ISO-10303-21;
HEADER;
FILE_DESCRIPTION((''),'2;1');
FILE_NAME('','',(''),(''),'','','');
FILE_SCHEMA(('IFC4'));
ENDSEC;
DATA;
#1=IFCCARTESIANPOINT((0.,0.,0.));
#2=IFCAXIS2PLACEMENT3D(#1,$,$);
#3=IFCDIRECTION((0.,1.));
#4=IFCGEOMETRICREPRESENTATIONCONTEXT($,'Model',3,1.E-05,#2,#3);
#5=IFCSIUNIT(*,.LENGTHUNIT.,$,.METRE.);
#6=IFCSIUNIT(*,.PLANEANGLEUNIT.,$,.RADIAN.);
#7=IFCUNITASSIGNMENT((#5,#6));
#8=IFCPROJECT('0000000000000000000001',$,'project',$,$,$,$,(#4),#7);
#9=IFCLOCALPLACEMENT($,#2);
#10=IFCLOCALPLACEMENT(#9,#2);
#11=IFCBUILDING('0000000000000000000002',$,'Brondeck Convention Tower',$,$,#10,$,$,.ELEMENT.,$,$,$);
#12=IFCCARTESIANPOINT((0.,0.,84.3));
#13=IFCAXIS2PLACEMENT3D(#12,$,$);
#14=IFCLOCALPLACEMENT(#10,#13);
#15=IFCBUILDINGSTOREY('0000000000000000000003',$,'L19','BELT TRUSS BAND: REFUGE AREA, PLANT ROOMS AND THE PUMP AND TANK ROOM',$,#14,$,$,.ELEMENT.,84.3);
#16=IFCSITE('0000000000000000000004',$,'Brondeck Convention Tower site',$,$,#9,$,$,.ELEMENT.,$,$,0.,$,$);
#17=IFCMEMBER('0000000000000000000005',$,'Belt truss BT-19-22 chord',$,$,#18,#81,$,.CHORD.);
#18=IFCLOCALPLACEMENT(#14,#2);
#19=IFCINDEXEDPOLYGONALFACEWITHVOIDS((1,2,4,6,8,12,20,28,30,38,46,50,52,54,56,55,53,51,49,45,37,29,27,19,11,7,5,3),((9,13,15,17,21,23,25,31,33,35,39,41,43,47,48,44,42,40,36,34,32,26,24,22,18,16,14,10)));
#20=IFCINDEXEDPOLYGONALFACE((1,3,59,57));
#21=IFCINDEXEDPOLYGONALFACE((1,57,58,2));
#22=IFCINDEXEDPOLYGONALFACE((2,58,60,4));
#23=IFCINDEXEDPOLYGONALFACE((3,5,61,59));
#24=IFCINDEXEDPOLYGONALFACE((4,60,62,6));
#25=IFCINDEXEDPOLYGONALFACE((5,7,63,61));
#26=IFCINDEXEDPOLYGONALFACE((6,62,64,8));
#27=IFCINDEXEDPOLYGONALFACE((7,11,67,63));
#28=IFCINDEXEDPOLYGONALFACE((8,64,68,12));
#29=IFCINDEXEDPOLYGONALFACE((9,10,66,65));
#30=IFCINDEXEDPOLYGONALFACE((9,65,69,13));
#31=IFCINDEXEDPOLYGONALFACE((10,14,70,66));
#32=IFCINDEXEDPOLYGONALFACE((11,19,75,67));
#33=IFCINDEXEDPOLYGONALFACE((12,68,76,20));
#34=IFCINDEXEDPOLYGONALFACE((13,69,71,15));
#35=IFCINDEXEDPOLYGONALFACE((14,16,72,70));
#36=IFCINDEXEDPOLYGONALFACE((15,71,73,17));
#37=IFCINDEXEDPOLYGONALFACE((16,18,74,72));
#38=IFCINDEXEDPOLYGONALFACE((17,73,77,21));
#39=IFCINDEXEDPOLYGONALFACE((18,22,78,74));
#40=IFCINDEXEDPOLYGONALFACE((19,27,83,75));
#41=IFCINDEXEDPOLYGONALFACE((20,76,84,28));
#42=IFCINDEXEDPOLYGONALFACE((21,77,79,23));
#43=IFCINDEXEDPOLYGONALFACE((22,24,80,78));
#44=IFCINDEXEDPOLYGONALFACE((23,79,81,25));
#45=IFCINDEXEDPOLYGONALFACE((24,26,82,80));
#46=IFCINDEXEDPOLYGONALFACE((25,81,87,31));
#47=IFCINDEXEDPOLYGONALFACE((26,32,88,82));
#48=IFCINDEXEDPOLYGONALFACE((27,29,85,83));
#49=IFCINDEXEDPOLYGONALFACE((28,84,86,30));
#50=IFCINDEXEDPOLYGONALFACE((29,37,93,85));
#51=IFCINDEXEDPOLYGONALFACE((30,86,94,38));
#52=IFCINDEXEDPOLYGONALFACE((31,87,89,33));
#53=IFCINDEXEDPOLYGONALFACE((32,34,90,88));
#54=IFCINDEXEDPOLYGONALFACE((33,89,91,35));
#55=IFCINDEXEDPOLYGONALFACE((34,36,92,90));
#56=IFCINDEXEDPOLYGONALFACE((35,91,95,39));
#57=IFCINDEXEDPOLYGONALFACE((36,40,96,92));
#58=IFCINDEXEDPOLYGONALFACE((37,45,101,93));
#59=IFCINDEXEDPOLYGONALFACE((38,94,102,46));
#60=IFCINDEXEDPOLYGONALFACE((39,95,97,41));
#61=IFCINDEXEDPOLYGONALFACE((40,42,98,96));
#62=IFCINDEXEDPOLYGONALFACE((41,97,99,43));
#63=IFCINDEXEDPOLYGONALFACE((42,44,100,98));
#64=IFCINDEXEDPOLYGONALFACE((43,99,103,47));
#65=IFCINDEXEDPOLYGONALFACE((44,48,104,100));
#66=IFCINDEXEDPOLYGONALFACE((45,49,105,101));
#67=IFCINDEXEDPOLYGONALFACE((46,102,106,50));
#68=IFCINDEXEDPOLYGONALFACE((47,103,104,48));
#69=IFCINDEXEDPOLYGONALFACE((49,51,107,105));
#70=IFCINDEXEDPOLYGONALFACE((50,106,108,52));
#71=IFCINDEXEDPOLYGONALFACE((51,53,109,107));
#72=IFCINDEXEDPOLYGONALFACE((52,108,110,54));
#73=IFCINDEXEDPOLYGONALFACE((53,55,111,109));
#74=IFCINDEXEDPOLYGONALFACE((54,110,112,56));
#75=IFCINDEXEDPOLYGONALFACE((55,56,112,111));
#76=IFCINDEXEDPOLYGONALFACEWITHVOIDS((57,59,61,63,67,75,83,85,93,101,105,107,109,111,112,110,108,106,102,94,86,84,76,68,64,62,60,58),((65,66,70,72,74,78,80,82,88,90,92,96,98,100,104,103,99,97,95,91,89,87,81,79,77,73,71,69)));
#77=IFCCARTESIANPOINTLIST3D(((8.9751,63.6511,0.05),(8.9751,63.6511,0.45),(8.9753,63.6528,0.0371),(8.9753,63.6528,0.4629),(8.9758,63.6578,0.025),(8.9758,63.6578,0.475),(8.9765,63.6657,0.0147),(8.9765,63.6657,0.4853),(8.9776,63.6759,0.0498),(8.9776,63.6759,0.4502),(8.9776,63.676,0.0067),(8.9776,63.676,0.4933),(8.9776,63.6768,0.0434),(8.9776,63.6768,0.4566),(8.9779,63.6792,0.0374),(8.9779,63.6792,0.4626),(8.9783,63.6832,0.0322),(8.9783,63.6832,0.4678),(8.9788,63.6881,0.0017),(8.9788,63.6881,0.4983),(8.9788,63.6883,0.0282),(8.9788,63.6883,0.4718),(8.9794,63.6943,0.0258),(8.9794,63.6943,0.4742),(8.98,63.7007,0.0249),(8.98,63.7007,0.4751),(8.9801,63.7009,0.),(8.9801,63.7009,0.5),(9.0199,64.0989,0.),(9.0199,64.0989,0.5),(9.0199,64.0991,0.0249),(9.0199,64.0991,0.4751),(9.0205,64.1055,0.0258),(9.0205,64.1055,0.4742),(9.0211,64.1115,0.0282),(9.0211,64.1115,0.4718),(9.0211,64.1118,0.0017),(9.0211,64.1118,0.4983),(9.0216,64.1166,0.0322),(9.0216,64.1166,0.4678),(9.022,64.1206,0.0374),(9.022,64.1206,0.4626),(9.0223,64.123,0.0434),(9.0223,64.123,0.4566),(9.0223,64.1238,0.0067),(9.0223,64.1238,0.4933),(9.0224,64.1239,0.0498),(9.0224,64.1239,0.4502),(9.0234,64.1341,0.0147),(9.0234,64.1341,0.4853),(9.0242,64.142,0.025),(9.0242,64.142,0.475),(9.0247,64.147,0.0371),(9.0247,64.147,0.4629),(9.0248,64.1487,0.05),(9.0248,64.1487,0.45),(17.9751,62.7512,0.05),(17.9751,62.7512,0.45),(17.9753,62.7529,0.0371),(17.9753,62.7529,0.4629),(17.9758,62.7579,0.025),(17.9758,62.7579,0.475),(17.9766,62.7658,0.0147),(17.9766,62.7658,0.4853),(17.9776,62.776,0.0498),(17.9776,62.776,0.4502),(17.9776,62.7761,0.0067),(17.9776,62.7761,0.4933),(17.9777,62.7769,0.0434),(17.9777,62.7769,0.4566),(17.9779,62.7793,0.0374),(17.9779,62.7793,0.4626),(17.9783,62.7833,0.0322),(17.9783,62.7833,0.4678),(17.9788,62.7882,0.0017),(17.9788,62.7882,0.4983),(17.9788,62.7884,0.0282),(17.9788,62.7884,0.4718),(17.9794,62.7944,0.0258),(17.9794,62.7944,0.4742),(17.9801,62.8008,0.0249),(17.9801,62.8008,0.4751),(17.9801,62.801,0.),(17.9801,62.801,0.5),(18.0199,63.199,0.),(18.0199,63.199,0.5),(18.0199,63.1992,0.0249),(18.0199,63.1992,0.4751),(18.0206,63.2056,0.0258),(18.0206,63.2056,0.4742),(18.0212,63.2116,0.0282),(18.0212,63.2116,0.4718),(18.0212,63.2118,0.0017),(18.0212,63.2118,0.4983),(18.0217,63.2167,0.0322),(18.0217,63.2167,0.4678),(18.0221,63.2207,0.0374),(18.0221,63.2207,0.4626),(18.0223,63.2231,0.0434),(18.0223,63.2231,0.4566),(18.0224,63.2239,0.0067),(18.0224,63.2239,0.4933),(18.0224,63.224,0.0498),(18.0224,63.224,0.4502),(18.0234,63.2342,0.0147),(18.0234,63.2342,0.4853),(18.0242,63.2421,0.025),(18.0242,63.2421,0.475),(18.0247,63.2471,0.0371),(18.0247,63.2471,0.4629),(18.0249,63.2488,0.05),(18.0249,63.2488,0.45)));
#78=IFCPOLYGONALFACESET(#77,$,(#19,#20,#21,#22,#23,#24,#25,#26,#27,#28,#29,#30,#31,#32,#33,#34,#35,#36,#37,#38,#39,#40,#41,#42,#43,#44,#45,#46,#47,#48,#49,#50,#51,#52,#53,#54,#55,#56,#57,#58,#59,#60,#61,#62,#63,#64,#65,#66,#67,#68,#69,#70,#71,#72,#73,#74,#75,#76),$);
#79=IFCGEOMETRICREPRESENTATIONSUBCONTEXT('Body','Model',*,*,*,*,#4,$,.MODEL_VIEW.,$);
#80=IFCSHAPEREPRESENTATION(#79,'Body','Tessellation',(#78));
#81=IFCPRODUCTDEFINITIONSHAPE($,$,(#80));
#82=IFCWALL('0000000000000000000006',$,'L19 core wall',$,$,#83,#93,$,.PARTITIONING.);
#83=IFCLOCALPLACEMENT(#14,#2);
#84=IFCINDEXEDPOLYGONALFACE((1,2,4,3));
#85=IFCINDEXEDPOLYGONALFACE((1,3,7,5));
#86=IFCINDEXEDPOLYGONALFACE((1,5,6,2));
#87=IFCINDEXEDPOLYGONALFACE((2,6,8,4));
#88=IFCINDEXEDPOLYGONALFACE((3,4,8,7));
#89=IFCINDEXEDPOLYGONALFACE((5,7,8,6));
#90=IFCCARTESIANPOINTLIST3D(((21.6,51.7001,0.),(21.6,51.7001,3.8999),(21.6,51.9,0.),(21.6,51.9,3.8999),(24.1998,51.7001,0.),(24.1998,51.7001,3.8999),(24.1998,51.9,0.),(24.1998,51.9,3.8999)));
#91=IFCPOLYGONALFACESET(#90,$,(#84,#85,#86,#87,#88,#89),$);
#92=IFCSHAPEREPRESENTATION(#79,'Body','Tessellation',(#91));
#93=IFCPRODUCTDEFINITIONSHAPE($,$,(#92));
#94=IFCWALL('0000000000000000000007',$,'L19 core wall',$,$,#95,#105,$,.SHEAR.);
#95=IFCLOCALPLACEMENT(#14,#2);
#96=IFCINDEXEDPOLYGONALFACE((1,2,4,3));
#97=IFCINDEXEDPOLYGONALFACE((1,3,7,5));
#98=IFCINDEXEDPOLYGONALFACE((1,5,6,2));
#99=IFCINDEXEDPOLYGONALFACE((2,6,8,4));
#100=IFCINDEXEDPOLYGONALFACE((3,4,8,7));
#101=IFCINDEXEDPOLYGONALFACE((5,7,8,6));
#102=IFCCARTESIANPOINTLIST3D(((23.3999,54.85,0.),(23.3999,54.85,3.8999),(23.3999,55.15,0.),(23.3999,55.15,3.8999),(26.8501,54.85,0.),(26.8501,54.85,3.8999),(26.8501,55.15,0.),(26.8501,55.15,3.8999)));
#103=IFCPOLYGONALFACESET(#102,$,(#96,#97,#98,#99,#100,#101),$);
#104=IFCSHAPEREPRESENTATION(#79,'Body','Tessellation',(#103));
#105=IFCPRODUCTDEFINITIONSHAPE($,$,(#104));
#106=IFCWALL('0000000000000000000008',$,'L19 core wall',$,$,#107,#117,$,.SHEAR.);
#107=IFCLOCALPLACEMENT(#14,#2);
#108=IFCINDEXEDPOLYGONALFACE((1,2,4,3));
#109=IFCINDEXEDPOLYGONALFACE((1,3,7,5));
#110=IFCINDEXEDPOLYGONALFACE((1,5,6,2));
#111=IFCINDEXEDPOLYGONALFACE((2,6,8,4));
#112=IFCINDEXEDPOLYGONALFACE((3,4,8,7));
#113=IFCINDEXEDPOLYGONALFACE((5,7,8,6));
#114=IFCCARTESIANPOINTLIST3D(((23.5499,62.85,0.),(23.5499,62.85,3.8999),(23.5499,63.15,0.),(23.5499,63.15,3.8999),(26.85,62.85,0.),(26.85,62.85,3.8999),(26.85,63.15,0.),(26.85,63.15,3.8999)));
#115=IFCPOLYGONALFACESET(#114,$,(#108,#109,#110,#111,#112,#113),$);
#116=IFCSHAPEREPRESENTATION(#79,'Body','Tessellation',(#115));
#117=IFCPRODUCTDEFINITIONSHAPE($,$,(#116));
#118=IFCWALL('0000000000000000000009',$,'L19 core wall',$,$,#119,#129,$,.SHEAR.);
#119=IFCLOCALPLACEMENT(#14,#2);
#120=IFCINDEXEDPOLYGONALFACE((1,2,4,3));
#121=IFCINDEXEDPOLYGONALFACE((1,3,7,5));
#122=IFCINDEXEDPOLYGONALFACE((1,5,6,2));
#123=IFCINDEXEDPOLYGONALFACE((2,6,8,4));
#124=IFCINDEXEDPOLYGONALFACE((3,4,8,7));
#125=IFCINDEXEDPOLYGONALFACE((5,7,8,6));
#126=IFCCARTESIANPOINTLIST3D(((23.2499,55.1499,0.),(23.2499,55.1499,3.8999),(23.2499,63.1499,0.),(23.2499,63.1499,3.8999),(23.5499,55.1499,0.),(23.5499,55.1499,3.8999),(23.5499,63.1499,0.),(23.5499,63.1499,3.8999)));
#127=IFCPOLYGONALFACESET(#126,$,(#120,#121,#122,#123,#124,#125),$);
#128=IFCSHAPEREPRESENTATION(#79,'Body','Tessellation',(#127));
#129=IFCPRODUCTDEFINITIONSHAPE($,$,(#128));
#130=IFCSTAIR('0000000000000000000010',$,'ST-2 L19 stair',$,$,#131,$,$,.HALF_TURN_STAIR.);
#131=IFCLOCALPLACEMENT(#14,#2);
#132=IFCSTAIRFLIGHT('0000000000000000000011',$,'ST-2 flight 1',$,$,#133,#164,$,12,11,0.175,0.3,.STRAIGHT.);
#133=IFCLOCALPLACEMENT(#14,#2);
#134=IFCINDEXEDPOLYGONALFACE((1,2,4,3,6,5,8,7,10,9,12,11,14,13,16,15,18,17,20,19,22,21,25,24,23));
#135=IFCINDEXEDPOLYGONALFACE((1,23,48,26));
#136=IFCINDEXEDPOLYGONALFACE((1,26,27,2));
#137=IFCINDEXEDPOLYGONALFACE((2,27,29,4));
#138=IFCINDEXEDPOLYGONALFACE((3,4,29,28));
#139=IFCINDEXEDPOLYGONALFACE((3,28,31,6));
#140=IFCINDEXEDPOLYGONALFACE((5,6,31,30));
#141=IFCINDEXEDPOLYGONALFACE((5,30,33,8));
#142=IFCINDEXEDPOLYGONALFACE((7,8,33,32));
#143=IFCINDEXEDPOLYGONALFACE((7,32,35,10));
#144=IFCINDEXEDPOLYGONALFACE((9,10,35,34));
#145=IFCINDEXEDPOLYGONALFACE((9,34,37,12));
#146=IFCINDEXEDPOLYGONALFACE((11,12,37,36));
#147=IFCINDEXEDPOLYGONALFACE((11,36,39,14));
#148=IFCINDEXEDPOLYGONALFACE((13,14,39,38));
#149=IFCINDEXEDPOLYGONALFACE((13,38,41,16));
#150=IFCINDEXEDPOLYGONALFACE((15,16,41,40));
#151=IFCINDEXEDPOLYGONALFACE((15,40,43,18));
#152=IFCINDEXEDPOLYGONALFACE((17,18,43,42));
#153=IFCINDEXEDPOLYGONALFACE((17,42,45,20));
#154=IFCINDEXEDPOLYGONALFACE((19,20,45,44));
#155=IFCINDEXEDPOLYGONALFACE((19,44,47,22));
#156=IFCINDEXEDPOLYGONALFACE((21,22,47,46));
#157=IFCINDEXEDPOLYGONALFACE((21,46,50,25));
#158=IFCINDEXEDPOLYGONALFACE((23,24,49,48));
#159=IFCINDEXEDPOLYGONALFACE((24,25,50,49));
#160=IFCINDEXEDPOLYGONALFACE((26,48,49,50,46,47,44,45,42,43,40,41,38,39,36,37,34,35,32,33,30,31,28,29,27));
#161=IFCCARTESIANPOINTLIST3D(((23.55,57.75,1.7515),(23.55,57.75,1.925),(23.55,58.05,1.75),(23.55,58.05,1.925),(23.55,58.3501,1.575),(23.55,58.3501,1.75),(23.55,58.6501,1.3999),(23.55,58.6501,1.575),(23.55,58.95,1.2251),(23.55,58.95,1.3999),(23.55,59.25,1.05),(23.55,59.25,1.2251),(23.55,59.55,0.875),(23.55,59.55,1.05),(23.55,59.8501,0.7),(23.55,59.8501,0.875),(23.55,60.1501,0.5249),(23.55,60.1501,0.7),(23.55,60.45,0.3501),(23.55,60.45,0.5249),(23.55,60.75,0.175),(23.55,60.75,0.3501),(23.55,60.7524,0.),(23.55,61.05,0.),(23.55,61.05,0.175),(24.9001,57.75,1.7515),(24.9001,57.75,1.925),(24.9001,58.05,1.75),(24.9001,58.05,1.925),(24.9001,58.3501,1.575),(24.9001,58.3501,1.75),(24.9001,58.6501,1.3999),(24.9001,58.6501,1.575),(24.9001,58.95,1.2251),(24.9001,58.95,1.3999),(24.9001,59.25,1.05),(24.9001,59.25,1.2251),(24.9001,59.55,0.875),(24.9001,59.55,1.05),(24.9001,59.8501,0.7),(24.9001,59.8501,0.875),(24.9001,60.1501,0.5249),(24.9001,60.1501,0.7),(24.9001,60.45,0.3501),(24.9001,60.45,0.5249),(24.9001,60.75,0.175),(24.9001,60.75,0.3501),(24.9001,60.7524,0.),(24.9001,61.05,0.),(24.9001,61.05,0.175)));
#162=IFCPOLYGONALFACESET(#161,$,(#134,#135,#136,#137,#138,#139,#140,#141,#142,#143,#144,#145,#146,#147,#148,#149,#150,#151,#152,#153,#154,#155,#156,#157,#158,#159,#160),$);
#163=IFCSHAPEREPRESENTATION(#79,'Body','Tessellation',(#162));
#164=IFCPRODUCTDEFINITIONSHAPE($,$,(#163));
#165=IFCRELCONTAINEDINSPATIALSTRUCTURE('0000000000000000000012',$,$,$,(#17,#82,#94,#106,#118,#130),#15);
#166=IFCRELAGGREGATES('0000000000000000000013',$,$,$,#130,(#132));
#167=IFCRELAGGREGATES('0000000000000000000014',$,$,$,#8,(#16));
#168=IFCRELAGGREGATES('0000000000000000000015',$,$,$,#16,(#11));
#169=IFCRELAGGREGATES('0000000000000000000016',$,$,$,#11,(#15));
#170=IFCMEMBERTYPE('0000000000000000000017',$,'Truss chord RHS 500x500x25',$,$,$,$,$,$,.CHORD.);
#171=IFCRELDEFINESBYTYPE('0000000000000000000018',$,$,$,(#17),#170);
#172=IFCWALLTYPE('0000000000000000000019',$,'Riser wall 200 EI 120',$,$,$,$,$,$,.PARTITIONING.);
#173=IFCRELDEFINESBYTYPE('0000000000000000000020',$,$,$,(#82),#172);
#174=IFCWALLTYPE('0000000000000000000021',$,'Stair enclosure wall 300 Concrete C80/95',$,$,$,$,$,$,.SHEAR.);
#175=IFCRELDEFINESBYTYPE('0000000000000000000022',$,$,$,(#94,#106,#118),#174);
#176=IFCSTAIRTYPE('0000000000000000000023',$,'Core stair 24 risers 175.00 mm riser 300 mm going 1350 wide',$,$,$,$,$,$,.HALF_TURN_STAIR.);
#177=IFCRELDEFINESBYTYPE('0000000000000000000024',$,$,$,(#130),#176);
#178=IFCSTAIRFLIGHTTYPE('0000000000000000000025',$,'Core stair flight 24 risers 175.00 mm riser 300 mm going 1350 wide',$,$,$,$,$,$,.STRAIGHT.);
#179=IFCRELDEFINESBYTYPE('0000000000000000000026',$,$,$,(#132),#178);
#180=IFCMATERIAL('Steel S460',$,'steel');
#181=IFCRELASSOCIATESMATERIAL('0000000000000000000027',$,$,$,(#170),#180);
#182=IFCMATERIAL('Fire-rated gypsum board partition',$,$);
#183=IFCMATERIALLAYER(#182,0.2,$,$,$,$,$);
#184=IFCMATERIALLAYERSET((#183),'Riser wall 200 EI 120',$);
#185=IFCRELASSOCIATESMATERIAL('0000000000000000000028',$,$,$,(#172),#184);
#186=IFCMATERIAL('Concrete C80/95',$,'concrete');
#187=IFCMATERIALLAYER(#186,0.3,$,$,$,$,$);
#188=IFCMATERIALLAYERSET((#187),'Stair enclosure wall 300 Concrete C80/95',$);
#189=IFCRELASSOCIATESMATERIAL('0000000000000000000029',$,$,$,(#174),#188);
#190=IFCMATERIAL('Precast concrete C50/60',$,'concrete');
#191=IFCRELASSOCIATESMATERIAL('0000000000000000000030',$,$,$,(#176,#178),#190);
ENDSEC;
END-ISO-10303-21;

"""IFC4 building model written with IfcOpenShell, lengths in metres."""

from ifc_helpers import new_model, si_unit, direction, frame, frame_2d, origin, origin_2d, place, context, subcontext, project, spatial, polyline, rectangle, hollow_rectangle, outline, extrude, material, layer, layer_set, material_profile, profile_set, type_object, element, aggregate, save


model = new_model("IFC4")

# Units and contexts
model_context = context("Model", 3, precision=1e-05, world=origin(), true_north=direction((0.0, 1.0)))
body_context = subcontext(model_context, "Body", "Model", "MODEL_VIEW")
ifc_project = project(units=[si_unit("LENGTHUNIT", "METRE"), si_unit("PLANEANGLEUNIT", "RADIAN")], contexts=[model_context])

# Site, building, storey
site_placement = place(None, origin())
site = spatial("IfcSite", under=ifc_project, at=site_placement, Name="Brondeck Convention Tower site", CompositionType="ELEMENT", RefElevation=0.0)
building_placement = place(site_placement, origin())
building = spatial("IfcBuilding", under=site, at=building_placement, Name="Brondeck Convention Tower", CompositionType="ELEMENT")
storey_placement = place(building_placement, frame((0.0, 0.0, 84.3)))
storey = spatial("IfcBuildingStorey", under=building, at=storey_placement, Name="L19", Description="BELT TRUSS BAND: REFUGE AREA, PLANT ROOMS AND THE PUMP AND TANK ROOM", CompositionType="ELEMENT", Elevation=84.3)

# Shared definitions
ifc_material_1 = material(Name="Concrete C80/95", Category="concrete")

# Shared definitions
ifc_material_2 = material(Name="Steel S460", Category="steel")

# Member
ifc_material_profile_1 = material_profile(ifc_material_2, hollow_rectangle(XDim=0.5, YDim=0.5, WallThickness=0.0249, InnerFilletRadius=0.0249, OuterFilletRadius=0.05, at=origin_2d()), Name="RHS 500x500x25")
ifc_profile_set_1 = profile_set([ifc_material_profile_1], Name="Steel S460")
member_type_1 = type_object("IfcMemberType", Name="Truss chord RHS 500x500x25", PredefinedType="CHORD", material=ifc_profile_set_1)
member_placement = place(storey_placement, frame((18.0, 63.0, 0.25), z_axis=(-0.995038, 0.099493, 0.0), x_axis=(-0.099493, -0.995038, 0.0)))
element("IfcMember", 1, at=member_placement, inside=storey, type_object=member_type_1, Name="Belt truss BT-19-22 chord", PredefinedType="CHORD", context=body_context, shape_type="SweptSolid", body=[
    extrude(hollow_rectangle(XDim=0.5, YDim=0.5, WallThickness=0.0249, InnerFilletRadius=0.0249, OuterFilletRadius=0.05, at=origin_2d()), origin(), (0.0, 0.0, 1.0), 9.0449),
])

# Walls
ifc_material_3 = material(Name="Fire-rated gypsum board partition")
ifc_layer_1 = layer(ifc_material_3, 0.2)
ifc_layer_set_1 = layer_set([ifc_layer_1], Name="Riser wall 200 EI 120")
wall_type_1 = type_object("IfcWallType", Name="Riser wall 200 EI 120", PredefinedType="PARTITIONING", material=ifc_layer_set_1)
wall_1_placement = place(storey_placement, frame((21.6001, 51.8, 0.0), z_axis=(0.0, 0.0, 1.0), x_axis=(1.0, 0.0, 0.0)))
element("IfcWall", 2, at=wall_1_placement, inside=storey, type_object=wall_type_1, Name="L19 core wall", PredefinedType="PARTITIONING", context=body_context, shape_type="SweptSolid", body=[
    extrude(rectangle(XDim=2.5999, YDim=0.2, at=frame_2d((1.2998, 0.0))), origin(), (0.0, 0.0, 1.0), 3.8999),
])
ifc_layer_2 = layer(ifc_material_1, 0.3)
ifc_layer_set_2 = layer_set([ifc_layer_2], Name="Stair enclosure wall 300 Concrete C80/95")
wall_type_2 = type_object("IfcWallType", Name="Stair enclosure wall 300 Concrete C80/95", PredefinedType="SHEAR", material=ifc_layer_set_2)
wall_2_placement = place(storey_placement, frame((23.3999, 55.0, 0.0), z_axis=(0.0, 0.0, 1.0), x_axis=(1.0, 0.0, 0.0)))
element("IfcWall", 3, at=wall_2_placement, inside=storey, type_object=wall_type_2, Name="L19 core wall", PredefinedType="SHEAR", context=body_context, shape_type="SweptSolid", body=[
    extrude(rectangle(XDim=3.4502, YDim=0.3, at=frame_2d((1.7251, 0.0))), origin(), (0.0, 0.0, 1.0), 3.8999),
])
wall_3_placement = place(storey_placement, frame((23.55, 63.0, 0.0), z_axis=(0.0, 0.0, 1.0), x_axis=(1.0, 0.0, 0.0)))
element("IfcWall", 4, at=wall_3_placement, inside=storey, type_object=wall_type_2, Name="L19 core wall", PredefinedType="SHEAR", context=body_context, shape_type="SweptSolid", body=[
    extrude(rectangle(XDim=3.3, YDim=0.3, at=frame_2d((1.6499, 0.0))), origin(), (0.0, 0.0, 1.0), 3.8999),
])
wall_4_placement = place(storey_placement, frame((23.3999, 55.1499, 0.0), z_axis=(0.0, 0.0, 1.0), x_axis=(0.0, 1.0, 0.0)))
element("IfcWall", 5, at=wall_4_placement, inside=storey, type_object=wall_type_2, Name="L19 core wall", PredefinedType="SHEAR", context=body_context, shape_type="SweptSolid", body=[
    extrude(rectangle(XDim=8.0, YDim=0.3, at=frame_2d((4.0, 0.0))), origin(), (0.0, 0.0, 1.0), 3.8999),
])

# Stair, stair flight
ifc_material_4 = material(Name="Precast concrete C50/60", Category="concrete")
stair_type = type_object("IfcStairType", Name="Core stair 24 risers 175.00 mm riser 300 mm going 1350 wide", PredefinedType="HALF_TURN_STAIR", material=ifc_material_4)
stair_placement = place(storey_placement, origin())
stair = element("IfcStair", 6, at=stair_placement, inside=storey, type_object=stair_type, Name="ST-2 L19 stair", PredefinedType="HALF_TURN_STAIR")
stair_flight_type = type_object("IfcStairFlightType", Name="Core stair flight 24 risers 175.00 mm riser 300 mm going 1350 wide", PredefinedType="STRAIGHT", material=ifc_material_4)
stair_flight_1_placement = place(storey_placement, frame((24.2251, 61.05, 0.0), z_axis=(0.0, 0.0, 1.0), x_axis=(0.0, -1.0, 0.0)))
stair_flight_1 = element("IfcStairFlight", 7, at=stair_flight_1_placement, type_object=stair_flight_type, Name="ST-2 flight 1", NumberOfRisers=12, NumberOfTreads=11, PredefinedType="STRAIGHT", RiserHeight=0.175, TreadLength=0.3, context=body_context, shape_type="SweptSolid", body=[
    extrude(outline(polyline([(0.0, 0.0), (0.0, 0.175), (0.3, 0.175), (0.3, 0.3501), (0.6001, 0.3501), (0.6001, 0.5249), (0.8999, 0.5249), (0.8999, 0.7), (1.2, 0.7), (1.2, 0.875), (1.5, 0.875), (1.5, 1.05), (1.8, 1.05), (1.8, 1.2251), (2.1001, 1.2251), (2.1001, 1.3999), (2.3999, 1.3999), (2.3999, 1.575), (2.7, 1.575), (2.7, 1.75), (3.0, 1.75), (3.0, 1.925), (3.3, 1.925), (3.3, 2.1001), (3.3, 1.7515), (0.2976, 0.0), (0.0, 0.0)])), frame((0.0, 0.675, 0.0), z_axis=(0.0, -1.0, 0.0), x_axis=(1.0, 0.0, 0.0)), (0.0, 0.0, 1.0), 1.3501),
])
aggregate(stair, [stair_flight_1])

save(model, "model.ifc")
